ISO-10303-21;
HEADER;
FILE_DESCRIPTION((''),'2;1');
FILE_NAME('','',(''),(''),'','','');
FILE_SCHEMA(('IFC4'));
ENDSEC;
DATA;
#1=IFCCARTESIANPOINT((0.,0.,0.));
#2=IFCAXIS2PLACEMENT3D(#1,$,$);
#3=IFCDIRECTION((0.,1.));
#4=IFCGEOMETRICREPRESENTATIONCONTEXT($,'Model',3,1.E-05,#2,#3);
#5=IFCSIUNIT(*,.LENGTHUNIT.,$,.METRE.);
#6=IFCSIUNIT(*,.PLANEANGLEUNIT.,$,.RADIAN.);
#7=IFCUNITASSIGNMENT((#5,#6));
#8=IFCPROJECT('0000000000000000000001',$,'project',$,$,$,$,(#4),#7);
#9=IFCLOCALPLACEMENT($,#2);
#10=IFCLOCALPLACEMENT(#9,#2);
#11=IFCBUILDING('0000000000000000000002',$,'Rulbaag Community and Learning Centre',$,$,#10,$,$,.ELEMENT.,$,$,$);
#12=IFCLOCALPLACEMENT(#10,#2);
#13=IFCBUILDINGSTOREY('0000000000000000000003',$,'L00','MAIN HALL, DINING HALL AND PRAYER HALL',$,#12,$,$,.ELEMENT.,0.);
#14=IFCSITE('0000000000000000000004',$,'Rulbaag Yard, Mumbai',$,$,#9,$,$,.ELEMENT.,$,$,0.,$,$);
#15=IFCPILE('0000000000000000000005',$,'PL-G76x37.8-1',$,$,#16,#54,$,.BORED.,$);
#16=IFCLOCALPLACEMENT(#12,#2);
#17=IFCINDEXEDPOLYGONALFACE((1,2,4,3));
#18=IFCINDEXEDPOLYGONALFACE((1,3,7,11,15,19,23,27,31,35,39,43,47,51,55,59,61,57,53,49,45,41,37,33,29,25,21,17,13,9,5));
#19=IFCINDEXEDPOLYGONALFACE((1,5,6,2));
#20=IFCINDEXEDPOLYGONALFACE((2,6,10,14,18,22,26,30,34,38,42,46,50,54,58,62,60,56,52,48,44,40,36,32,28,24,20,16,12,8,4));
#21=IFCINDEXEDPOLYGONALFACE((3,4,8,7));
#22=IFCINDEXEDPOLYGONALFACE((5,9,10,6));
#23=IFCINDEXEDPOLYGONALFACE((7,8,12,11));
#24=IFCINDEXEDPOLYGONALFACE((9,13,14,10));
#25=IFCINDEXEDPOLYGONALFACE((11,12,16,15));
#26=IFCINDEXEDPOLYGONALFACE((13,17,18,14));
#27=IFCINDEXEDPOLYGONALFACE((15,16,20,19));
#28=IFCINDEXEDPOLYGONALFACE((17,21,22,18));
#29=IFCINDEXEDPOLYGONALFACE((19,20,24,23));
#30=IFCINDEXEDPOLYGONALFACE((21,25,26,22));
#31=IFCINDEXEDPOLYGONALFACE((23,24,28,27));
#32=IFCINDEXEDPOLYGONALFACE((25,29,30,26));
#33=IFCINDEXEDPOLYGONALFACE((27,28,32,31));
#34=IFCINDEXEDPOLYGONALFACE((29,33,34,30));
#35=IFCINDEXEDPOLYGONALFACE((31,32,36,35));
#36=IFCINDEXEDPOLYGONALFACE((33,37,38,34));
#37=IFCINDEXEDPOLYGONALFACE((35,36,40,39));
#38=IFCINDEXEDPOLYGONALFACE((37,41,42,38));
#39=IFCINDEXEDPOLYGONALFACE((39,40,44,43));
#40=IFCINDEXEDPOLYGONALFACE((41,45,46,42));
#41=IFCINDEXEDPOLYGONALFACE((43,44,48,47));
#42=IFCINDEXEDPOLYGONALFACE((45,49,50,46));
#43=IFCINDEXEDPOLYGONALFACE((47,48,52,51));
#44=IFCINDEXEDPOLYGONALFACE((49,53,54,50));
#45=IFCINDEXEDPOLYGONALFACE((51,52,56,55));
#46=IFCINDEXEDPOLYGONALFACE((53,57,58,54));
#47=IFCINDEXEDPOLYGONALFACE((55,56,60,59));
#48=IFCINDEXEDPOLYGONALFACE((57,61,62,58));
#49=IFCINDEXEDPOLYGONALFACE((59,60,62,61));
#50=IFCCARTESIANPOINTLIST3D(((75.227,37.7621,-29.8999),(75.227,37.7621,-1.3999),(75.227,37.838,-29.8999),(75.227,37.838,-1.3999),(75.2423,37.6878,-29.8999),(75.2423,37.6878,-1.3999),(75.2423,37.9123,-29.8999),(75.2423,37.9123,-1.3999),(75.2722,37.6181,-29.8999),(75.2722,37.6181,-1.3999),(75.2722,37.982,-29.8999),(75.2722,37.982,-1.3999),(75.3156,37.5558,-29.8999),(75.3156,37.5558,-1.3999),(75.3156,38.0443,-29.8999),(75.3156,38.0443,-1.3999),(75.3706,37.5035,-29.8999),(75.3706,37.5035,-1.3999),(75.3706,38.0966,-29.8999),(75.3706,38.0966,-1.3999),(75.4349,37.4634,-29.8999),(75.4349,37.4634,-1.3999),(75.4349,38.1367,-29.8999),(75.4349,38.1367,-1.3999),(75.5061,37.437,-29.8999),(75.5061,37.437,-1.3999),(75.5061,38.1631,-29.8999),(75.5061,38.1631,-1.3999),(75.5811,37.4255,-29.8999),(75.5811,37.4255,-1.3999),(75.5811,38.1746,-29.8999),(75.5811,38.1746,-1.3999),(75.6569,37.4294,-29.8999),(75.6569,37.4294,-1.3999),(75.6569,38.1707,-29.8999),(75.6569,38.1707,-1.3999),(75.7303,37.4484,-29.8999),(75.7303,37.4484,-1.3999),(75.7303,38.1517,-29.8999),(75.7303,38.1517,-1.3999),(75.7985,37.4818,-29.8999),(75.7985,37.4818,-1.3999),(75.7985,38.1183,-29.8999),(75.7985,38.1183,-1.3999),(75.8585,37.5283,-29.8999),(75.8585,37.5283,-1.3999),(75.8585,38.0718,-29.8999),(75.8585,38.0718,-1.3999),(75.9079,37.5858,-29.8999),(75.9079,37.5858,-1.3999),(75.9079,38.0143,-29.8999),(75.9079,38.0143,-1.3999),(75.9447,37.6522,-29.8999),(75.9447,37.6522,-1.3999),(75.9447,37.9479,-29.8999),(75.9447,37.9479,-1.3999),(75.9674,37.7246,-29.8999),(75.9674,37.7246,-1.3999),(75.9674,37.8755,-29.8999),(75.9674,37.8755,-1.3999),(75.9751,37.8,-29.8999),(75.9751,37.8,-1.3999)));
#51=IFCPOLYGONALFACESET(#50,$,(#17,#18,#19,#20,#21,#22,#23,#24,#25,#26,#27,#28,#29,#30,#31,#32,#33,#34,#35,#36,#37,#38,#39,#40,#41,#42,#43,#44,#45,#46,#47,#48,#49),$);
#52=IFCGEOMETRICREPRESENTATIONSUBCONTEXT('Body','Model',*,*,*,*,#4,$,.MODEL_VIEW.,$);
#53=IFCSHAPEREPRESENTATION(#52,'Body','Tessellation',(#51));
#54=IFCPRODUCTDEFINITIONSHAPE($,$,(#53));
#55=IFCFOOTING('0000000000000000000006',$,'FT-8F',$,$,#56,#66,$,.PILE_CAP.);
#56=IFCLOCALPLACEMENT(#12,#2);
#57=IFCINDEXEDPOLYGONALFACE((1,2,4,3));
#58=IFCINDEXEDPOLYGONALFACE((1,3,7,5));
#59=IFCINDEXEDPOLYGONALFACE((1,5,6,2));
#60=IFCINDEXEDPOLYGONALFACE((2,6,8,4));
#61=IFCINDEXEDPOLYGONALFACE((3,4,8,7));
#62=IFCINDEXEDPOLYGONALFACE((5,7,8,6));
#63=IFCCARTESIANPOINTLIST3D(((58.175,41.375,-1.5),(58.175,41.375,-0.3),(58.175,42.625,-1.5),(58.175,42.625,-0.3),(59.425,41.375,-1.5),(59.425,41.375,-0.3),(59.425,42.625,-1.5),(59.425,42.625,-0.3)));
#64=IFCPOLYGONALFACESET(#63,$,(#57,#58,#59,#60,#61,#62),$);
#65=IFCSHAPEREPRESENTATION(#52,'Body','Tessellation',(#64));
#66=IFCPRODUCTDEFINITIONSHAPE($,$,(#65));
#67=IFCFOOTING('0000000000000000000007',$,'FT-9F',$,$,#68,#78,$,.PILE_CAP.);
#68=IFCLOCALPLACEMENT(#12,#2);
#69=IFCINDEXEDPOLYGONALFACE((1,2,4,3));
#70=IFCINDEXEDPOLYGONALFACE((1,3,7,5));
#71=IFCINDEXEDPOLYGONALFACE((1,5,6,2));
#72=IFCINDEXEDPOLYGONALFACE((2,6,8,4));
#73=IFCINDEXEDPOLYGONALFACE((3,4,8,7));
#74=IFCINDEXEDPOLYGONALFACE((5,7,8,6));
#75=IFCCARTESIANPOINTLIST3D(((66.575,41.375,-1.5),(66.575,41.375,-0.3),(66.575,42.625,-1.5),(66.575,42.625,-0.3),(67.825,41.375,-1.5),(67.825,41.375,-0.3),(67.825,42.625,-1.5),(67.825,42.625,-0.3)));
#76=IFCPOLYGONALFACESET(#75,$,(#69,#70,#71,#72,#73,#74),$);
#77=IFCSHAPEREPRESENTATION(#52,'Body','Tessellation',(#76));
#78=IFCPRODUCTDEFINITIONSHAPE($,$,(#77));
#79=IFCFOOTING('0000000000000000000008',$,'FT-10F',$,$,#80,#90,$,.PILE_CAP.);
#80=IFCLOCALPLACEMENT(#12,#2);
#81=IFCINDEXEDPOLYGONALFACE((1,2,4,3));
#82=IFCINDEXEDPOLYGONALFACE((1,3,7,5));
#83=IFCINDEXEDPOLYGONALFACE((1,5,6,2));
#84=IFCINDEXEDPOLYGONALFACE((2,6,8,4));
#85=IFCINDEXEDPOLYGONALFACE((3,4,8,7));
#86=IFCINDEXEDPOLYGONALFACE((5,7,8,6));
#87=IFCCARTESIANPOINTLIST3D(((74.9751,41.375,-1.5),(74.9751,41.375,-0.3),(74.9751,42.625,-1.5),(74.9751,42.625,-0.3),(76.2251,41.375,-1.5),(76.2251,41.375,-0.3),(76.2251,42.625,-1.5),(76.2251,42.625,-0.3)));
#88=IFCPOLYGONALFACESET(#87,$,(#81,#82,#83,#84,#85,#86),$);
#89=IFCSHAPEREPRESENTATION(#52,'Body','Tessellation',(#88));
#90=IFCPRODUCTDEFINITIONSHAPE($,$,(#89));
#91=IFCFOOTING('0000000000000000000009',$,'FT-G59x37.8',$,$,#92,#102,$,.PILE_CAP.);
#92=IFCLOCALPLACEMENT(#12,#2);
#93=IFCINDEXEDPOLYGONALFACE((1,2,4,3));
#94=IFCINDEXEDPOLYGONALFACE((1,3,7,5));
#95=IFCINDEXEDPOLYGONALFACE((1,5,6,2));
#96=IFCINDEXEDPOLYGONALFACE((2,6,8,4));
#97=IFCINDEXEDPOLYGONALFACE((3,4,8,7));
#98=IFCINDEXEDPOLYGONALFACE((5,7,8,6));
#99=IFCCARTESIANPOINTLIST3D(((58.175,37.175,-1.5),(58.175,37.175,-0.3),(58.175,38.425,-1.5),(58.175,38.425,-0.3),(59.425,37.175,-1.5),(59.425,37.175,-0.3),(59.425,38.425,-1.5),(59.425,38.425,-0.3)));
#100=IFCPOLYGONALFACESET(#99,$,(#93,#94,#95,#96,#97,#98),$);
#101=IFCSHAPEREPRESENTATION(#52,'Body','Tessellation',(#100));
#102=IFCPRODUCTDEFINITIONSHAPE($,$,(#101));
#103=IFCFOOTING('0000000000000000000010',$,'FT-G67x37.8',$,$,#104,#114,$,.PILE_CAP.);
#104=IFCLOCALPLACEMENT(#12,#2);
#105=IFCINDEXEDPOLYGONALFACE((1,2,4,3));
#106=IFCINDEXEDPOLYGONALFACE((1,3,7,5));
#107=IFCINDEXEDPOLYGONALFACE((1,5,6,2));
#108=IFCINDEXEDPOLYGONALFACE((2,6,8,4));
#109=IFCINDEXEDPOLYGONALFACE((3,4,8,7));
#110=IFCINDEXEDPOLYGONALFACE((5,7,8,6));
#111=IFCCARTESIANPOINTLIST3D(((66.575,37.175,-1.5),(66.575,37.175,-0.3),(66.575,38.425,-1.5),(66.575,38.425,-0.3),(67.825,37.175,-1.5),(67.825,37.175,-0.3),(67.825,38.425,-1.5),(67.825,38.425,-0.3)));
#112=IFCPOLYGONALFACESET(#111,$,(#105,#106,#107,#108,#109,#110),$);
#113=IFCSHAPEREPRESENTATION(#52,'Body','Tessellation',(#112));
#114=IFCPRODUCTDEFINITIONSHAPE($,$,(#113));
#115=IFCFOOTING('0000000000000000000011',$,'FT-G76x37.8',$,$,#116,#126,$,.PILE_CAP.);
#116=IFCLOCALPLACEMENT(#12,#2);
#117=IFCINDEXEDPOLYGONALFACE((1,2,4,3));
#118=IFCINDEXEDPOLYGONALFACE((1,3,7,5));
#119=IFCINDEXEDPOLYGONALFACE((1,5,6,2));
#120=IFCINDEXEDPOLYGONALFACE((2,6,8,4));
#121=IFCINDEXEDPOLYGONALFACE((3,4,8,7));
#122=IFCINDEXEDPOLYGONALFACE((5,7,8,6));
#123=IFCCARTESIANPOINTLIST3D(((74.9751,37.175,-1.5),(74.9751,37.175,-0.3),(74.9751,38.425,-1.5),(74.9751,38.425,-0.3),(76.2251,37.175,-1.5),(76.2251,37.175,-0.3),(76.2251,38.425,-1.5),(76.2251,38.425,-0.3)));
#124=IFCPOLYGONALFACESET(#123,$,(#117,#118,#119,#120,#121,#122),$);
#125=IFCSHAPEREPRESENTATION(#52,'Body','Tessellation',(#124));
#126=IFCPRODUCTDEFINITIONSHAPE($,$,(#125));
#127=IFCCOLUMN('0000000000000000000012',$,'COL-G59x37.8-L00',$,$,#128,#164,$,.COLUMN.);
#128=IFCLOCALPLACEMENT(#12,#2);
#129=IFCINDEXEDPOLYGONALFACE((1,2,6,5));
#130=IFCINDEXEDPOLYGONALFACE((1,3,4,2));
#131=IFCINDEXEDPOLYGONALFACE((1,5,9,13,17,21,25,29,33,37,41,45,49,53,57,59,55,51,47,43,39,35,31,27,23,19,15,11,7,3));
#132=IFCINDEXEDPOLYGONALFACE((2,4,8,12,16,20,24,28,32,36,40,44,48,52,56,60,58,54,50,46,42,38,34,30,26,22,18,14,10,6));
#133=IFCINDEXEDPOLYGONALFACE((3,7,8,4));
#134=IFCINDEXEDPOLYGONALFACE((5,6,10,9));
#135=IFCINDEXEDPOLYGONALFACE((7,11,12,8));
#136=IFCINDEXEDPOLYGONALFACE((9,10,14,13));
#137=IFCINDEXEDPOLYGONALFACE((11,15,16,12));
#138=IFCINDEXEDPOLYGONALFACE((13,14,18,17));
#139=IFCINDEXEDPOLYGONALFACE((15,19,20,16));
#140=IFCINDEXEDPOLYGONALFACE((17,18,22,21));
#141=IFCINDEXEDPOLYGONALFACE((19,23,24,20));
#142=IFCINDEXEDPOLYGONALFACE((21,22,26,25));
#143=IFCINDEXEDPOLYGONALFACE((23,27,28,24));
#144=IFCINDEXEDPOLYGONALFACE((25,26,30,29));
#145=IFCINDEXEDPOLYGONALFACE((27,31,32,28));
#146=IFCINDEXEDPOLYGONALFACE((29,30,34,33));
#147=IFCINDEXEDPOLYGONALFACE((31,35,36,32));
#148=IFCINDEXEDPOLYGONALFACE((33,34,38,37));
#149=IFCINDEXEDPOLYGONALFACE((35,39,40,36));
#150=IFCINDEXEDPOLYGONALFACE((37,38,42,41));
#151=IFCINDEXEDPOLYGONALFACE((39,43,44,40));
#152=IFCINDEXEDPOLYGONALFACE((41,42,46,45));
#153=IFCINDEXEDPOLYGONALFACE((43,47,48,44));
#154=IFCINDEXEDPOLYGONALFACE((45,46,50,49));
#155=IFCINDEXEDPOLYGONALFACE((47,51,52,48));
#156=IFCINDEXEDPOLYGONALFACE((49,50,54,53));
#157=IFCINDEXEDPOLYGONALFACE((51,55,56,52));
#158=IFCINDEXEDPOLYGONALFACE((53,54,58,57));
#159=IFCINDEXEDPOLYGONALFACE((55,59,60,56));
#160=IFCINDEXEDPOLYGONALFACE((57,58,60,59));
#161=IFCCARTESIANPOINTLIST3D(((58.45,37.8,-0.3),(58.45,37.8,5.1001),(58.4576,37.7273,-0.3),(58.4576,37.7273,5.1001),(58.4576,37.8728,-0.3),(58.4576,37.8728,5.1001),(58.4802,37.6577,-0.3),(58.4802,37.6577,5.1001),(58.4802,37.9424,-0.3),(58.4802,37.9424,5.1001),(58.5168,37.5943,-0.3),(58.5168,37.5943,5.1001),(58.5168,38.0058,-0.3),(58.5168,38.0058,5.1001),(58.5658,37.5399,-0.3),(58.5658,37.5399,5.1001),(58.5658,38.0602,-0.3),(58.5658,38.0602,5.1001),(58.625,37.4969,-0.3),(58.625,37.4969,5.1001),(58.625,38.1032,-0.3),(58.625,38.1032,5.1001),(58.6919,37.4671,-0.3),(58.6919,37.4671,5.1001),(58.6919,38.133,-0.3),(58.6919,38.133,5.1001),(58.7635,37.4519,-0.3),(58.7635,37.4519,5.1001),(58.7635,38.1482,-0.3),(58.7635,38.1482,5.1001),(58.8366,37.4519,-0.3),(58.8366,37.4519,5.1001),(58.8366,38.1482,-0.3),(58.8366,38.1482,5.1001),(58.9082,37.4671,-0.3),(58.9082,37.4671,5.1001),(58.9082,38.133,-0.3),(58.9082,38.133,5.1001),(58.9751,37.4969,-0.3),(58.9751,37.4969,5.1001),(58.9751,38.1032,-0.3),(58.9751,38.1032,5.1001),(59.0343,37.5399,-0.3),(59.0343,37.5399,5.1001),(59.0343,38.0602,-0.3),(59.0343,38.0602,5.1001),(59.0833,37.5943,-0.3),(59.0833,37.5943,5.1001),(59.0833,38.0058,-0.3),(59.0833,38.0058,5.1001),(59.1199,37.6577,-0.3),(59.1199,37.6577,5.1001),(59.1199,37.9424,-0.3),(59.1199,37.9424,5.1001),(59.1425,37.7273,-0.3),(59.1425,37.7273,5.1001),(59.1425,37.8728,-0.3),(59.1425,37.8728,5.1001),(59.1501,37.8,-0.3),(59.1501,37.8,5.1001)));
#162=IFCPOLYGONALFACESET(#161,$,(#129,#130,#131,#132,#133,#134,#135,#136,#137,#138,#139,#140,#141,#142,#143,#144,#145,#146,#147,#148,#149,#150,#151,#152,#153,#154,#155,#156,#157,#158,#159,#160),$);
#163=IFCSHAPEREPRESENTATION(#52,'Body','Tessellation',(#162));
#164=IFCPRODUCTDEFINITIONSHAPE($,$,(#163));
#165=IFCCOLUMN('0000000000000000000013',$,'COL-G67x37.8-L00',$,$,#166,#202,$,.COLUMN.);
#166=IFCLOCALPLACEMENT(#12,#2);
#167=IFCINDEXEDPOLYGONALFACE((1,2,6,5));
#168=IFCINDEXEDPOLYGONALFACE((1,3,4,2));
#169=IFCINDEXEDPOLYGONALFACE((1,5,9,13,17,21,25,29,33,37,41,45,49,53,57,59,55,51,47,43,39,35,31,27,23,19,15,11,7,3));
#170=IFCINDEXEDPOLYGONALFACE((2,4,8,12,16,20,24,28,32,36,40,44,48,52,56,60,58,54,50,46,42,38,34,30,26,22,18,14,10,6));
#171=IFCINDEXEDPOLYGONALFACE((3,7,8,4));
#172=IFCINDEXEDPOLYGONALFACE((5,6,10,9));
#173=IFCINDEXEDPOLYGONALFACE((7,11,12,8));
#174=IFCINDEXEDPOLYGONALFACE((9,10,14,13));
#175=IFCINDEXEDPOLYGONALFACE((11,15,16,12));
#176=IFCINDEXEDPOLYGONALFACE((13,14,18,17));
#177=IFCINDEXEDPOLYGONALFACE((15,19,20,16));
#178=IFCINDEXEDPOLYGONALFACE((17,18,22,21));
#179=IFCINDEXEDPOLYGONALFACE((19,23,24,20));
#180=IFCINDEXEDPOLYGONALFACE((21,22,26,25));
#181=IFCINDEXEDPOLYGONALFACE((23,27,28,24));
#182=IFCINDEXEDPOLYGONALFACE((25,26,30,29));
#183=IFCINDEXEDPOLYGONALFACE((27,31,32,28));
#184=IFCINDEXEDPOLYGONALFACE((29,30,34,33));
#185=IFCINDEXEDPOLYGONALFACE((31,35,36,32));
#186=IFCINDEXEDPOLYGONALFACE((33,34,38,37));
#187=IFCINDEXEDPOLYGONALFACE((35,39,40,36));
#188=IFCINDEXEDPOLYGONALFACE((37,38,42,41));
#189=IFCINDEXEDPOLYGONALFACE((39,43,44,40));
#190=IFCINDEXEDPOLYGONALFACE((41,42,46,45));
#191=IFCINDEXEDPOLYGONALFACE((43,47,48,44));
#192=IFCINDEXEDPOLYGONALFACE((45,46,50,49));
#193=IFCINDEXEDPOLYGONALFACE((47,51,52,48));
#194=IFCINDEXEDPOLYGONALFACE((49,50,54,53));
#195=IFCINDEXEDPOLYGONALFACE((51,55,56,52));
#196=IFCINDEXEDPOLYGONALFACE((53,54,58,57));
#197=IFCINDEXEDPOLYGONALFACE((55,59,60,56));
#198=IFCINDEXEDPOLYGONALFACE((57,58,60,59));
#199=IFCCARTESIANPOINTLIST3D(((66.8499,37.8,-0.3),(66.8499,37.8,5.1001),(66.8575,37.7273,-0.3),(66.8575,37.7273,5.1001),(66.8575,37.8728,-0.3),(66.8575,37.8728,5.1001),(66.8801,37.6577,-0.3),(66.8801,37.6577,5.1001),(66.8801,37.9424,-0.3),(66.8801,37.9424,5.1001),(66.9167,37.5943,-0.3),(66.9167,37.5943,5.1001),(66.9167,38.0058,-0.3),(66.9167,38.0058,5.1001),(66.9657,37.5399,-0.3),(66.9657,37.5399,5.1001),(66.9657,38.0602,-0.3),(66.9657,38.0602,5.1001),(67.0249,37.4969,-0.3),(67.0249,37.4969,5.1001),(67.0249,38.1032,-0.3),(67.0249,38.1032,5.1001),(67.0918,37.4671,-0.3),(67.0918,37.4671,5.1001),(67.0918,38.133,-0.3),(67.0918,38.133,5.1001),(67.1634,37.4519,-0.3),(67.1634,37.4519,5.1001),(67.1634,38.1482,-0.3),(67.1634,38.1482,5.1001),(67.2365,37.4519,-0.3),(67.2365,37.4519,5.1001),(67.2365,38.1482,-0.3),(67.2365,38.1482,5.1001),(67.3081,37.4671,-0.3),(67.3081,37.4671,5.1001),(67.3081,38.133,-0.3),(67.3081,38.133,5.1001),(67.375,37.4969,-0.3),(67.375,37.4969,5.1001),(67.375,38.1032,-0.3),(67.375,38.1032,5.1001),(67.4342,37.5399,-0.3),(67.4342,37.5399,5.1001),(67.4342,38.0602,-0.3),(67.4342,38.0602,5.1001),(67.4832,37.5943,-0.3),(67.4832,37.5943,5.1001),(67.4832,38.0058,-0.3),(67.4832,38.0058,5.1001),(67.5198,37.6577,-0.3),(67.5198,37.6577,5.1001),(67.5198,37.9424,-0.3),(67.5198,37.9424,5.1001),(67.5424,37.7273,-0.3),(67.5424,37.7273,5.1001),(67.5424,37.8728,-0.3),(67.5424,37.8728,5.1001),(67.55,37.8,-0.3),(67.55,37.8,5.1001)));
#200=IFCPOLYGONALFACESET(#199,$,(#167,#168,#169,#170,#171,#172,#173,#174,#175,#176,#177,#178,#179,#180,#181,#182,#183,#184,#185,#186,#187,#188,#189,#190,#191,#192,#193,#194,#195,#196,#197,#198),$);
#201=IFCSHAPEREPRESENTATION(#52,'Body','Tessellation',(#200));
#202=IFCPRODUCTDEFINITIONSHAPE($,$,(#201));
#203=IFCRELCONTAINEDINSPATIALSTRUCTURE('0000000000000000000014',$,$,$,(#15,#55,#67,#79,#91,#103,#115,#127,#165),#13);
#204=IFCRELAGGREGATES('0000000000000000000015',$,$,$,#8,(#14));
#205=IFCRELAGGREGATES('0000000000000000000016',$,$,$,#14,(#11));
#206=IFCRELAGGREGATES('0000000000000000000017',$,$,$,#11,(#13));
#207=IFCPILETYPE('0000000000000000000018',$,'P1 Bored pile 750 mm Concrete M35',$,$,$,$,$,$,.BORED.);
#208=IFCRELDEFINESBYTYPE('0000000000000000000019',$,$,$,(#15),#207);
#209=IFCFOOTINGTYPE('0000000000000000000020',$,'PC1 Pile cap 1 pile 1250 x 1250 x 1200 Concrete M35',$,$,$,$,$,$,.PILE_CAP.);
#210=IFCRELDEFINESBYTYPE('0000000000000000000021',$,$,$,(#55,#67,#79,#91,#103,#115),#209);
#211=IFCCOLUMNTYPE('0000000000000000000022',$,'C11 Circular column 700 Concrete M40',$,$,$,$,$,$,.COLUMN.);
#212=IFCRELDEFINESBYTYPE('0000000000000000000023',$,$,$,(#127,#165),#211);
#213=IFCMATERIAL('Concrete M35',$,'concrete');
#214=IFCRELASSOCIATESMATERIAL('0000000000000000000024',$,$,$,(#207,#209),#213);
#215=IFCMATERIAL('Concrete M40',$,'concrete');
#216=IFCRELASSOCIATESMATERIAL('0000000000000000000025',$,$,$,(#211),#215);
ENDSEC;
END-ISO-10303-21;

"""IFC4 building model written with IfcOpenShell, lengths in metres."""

from ifc_helpers import new_model, si_unit, direction, frame, origin, origin_2d, place, context, subcontext, project, spatial, rectangle, circle, extrude, material, material_profile, profile_set, type_object, element, save


model = new_model("IFC4")

# Units and contexts
model_context = context("Model", 3, precision=1e-05, world=origin(), true_north=direction((0.0, 1.0)))
body_context = subcontext(model_context, "Body", "Model", "MODEL_VIEW")
ifc_project = project(units=[si_unit("LENGTHUNIT", "METRE"), si_unit("PLANEANGLEUNIT", "RADIAN")], contexts=[model_context])

# Site, building, storey
site_placement = place(None, origin())
site = spatial("IfcSite", under=ifc_project, at=site_placement, Name="Rulbaag Yard, Mumbai", CompositionType="ELEMENT", RefElevation=0.0)
building_placement = place(site_placement, origin())
building = spatial("IfcBuilding", under=site, at=building_placement, Name="Rulbaag Community and Learning Centre", CompositionType="ELEMENT")
storey_placement = place(building_placement, origin())
storey = spatial("IfcBuildingStorey", under=building, at=storey_placement, Name="L00", Description="MAIN HALL, DINING HALL AND PRAYER HALL", CompositionType="ELEMENT", Elevation=0.0)

# Pile
ifc_material_1 = material(Name="Concrete M35", Category="concrete")
ifc_material_profile_1 = material_profile(ifc_material_1, circle(Radius=0.375, at=origin_2d()), Name="BP750")
ifc_profile_set_1 = profile_set([ifc_material_profile_1], Name="Concrete M35")
pile_type = type_object("IfcPileType", Name="P1 Bored pile 750 mm Concrete M35", PredefinedType="BORED", material=ifc_profile_set_1)
for number, where, z_axis, x_axis, name in (
    (1, (75.6001, 37.8, -1.3999), (0.0, 0.0, -1.0), (1.0, 0.0, 0.0), "PL-G76x37.8-1"),
):
    element("IfcPile", number, at=place(storey_placement, frame(where, z_axis=z_axis, x_axis=x_axis)), inside=storey, type_object=pile_type, Name=name, PredefinedType="BORED", context=body_context, shape_type="SweptSolid", body=[
        extrude(circle(Radius=0.375, at=origin_2d()), origin(), (0.0, 0.0, 1.0), 28.5),
    ])

# Footings
footing_type = type_object("IfcFootingType", Name="PC1 Pile cap 1 pile 1250 x 1250 x 1200 Concrete M35", PredefinedType="PILE_CAP", material=ifc_material_1)
for number, where, z_axis, x_axis, name in (
    (2, (58.8, 42.0, -1.5), (0.0, 0.0, 1.0), (1.0, 0.0, 0.0), "FT-8F"),
    (3, (67.2, 42.0, -1.5), (0.0, 0.0, 1.0), (1.0, 0.0, 0.0), "FT-9F"),
    (4, (75.6001, 42.0, -1.5), (0.0, 0.0, 1.0), (1.0, 0.0, 0.0), "FT-10F"),
    (5, (58.8, 37.8, -1.5), (0.0, 0.0, 1.0), (1.0, 0.0, 0.0), "FT-G59x37.8"),
    (6, (67.2, 37.8, -1.5), (0.0, 0.0, 1.0), (1.0, 0.0, 0.0), "FT-G67x37.8"),
    (7, (75.6001, 37.8, -1.5), (0.0, 0.0, 1.0), (1.0, 0.0, 0.0), "FT-G76x37.8"),
):
    element("IfcFooting", number, at=place(storey_placement, frame(where, z_axis=z_axis, x_axis=x_axis)), inside=storey, type_object=footing_type, Name=name, PredefinedType="PILE_CAP", context=body_context, shape_type="SweptSolid", body=[
        extrude(rectangle(XDim=1.25, YDim=1.25, at=origin_2d()), origin(), (0.0, 0.0, 1.0), 1.2),
    ])

# Columns
ifc_material_2 = material(Name="Concrete M40", Category="concrete")
ifc_material_profile_2 = material_profile(ifc_material_2, circle(Radius=0.3501, at=origin_2d()), Name="RD700")
ifc_profile_set_2 = profile_set([ifc_material_profile_2], Name="Concrete M40")
column_type_1 = type_object("IfcColumnType", Name="C11 Circular column 700 Concrete M40", PredefinedType="COLUMN", material=ifc_profile_set_2)
for number, where, z_axis, x_axis, name in (
    (8, (58.8, 37.8, -0.3), (0.0, 0.0, 1.0), (1.0, 0.0, 0.0), "COL-G59x37.8-L00"),
    (9, (67.2, 37.8, -0.3), (0.0, 0.0, 1.0), (1.0, 0.0, 0.0), "COL-G67x37.8-L00"),
):
    element("IfcColumn", number, at=place(storey_placement, frame(where, z_axis=z_axis, x_axis=x_axis)), inside=storey, type_object=column_type_1, Name=name, PredefinedType="COLUMN", context=body_context, shape_type="SweptSolid", body=[
        extrude(circle(Radius=0.3501, at=origin_2d()), origin(), (0.0, 0.0, 1.0), 5.4001),
    ])

save(model, "model.ifc")
